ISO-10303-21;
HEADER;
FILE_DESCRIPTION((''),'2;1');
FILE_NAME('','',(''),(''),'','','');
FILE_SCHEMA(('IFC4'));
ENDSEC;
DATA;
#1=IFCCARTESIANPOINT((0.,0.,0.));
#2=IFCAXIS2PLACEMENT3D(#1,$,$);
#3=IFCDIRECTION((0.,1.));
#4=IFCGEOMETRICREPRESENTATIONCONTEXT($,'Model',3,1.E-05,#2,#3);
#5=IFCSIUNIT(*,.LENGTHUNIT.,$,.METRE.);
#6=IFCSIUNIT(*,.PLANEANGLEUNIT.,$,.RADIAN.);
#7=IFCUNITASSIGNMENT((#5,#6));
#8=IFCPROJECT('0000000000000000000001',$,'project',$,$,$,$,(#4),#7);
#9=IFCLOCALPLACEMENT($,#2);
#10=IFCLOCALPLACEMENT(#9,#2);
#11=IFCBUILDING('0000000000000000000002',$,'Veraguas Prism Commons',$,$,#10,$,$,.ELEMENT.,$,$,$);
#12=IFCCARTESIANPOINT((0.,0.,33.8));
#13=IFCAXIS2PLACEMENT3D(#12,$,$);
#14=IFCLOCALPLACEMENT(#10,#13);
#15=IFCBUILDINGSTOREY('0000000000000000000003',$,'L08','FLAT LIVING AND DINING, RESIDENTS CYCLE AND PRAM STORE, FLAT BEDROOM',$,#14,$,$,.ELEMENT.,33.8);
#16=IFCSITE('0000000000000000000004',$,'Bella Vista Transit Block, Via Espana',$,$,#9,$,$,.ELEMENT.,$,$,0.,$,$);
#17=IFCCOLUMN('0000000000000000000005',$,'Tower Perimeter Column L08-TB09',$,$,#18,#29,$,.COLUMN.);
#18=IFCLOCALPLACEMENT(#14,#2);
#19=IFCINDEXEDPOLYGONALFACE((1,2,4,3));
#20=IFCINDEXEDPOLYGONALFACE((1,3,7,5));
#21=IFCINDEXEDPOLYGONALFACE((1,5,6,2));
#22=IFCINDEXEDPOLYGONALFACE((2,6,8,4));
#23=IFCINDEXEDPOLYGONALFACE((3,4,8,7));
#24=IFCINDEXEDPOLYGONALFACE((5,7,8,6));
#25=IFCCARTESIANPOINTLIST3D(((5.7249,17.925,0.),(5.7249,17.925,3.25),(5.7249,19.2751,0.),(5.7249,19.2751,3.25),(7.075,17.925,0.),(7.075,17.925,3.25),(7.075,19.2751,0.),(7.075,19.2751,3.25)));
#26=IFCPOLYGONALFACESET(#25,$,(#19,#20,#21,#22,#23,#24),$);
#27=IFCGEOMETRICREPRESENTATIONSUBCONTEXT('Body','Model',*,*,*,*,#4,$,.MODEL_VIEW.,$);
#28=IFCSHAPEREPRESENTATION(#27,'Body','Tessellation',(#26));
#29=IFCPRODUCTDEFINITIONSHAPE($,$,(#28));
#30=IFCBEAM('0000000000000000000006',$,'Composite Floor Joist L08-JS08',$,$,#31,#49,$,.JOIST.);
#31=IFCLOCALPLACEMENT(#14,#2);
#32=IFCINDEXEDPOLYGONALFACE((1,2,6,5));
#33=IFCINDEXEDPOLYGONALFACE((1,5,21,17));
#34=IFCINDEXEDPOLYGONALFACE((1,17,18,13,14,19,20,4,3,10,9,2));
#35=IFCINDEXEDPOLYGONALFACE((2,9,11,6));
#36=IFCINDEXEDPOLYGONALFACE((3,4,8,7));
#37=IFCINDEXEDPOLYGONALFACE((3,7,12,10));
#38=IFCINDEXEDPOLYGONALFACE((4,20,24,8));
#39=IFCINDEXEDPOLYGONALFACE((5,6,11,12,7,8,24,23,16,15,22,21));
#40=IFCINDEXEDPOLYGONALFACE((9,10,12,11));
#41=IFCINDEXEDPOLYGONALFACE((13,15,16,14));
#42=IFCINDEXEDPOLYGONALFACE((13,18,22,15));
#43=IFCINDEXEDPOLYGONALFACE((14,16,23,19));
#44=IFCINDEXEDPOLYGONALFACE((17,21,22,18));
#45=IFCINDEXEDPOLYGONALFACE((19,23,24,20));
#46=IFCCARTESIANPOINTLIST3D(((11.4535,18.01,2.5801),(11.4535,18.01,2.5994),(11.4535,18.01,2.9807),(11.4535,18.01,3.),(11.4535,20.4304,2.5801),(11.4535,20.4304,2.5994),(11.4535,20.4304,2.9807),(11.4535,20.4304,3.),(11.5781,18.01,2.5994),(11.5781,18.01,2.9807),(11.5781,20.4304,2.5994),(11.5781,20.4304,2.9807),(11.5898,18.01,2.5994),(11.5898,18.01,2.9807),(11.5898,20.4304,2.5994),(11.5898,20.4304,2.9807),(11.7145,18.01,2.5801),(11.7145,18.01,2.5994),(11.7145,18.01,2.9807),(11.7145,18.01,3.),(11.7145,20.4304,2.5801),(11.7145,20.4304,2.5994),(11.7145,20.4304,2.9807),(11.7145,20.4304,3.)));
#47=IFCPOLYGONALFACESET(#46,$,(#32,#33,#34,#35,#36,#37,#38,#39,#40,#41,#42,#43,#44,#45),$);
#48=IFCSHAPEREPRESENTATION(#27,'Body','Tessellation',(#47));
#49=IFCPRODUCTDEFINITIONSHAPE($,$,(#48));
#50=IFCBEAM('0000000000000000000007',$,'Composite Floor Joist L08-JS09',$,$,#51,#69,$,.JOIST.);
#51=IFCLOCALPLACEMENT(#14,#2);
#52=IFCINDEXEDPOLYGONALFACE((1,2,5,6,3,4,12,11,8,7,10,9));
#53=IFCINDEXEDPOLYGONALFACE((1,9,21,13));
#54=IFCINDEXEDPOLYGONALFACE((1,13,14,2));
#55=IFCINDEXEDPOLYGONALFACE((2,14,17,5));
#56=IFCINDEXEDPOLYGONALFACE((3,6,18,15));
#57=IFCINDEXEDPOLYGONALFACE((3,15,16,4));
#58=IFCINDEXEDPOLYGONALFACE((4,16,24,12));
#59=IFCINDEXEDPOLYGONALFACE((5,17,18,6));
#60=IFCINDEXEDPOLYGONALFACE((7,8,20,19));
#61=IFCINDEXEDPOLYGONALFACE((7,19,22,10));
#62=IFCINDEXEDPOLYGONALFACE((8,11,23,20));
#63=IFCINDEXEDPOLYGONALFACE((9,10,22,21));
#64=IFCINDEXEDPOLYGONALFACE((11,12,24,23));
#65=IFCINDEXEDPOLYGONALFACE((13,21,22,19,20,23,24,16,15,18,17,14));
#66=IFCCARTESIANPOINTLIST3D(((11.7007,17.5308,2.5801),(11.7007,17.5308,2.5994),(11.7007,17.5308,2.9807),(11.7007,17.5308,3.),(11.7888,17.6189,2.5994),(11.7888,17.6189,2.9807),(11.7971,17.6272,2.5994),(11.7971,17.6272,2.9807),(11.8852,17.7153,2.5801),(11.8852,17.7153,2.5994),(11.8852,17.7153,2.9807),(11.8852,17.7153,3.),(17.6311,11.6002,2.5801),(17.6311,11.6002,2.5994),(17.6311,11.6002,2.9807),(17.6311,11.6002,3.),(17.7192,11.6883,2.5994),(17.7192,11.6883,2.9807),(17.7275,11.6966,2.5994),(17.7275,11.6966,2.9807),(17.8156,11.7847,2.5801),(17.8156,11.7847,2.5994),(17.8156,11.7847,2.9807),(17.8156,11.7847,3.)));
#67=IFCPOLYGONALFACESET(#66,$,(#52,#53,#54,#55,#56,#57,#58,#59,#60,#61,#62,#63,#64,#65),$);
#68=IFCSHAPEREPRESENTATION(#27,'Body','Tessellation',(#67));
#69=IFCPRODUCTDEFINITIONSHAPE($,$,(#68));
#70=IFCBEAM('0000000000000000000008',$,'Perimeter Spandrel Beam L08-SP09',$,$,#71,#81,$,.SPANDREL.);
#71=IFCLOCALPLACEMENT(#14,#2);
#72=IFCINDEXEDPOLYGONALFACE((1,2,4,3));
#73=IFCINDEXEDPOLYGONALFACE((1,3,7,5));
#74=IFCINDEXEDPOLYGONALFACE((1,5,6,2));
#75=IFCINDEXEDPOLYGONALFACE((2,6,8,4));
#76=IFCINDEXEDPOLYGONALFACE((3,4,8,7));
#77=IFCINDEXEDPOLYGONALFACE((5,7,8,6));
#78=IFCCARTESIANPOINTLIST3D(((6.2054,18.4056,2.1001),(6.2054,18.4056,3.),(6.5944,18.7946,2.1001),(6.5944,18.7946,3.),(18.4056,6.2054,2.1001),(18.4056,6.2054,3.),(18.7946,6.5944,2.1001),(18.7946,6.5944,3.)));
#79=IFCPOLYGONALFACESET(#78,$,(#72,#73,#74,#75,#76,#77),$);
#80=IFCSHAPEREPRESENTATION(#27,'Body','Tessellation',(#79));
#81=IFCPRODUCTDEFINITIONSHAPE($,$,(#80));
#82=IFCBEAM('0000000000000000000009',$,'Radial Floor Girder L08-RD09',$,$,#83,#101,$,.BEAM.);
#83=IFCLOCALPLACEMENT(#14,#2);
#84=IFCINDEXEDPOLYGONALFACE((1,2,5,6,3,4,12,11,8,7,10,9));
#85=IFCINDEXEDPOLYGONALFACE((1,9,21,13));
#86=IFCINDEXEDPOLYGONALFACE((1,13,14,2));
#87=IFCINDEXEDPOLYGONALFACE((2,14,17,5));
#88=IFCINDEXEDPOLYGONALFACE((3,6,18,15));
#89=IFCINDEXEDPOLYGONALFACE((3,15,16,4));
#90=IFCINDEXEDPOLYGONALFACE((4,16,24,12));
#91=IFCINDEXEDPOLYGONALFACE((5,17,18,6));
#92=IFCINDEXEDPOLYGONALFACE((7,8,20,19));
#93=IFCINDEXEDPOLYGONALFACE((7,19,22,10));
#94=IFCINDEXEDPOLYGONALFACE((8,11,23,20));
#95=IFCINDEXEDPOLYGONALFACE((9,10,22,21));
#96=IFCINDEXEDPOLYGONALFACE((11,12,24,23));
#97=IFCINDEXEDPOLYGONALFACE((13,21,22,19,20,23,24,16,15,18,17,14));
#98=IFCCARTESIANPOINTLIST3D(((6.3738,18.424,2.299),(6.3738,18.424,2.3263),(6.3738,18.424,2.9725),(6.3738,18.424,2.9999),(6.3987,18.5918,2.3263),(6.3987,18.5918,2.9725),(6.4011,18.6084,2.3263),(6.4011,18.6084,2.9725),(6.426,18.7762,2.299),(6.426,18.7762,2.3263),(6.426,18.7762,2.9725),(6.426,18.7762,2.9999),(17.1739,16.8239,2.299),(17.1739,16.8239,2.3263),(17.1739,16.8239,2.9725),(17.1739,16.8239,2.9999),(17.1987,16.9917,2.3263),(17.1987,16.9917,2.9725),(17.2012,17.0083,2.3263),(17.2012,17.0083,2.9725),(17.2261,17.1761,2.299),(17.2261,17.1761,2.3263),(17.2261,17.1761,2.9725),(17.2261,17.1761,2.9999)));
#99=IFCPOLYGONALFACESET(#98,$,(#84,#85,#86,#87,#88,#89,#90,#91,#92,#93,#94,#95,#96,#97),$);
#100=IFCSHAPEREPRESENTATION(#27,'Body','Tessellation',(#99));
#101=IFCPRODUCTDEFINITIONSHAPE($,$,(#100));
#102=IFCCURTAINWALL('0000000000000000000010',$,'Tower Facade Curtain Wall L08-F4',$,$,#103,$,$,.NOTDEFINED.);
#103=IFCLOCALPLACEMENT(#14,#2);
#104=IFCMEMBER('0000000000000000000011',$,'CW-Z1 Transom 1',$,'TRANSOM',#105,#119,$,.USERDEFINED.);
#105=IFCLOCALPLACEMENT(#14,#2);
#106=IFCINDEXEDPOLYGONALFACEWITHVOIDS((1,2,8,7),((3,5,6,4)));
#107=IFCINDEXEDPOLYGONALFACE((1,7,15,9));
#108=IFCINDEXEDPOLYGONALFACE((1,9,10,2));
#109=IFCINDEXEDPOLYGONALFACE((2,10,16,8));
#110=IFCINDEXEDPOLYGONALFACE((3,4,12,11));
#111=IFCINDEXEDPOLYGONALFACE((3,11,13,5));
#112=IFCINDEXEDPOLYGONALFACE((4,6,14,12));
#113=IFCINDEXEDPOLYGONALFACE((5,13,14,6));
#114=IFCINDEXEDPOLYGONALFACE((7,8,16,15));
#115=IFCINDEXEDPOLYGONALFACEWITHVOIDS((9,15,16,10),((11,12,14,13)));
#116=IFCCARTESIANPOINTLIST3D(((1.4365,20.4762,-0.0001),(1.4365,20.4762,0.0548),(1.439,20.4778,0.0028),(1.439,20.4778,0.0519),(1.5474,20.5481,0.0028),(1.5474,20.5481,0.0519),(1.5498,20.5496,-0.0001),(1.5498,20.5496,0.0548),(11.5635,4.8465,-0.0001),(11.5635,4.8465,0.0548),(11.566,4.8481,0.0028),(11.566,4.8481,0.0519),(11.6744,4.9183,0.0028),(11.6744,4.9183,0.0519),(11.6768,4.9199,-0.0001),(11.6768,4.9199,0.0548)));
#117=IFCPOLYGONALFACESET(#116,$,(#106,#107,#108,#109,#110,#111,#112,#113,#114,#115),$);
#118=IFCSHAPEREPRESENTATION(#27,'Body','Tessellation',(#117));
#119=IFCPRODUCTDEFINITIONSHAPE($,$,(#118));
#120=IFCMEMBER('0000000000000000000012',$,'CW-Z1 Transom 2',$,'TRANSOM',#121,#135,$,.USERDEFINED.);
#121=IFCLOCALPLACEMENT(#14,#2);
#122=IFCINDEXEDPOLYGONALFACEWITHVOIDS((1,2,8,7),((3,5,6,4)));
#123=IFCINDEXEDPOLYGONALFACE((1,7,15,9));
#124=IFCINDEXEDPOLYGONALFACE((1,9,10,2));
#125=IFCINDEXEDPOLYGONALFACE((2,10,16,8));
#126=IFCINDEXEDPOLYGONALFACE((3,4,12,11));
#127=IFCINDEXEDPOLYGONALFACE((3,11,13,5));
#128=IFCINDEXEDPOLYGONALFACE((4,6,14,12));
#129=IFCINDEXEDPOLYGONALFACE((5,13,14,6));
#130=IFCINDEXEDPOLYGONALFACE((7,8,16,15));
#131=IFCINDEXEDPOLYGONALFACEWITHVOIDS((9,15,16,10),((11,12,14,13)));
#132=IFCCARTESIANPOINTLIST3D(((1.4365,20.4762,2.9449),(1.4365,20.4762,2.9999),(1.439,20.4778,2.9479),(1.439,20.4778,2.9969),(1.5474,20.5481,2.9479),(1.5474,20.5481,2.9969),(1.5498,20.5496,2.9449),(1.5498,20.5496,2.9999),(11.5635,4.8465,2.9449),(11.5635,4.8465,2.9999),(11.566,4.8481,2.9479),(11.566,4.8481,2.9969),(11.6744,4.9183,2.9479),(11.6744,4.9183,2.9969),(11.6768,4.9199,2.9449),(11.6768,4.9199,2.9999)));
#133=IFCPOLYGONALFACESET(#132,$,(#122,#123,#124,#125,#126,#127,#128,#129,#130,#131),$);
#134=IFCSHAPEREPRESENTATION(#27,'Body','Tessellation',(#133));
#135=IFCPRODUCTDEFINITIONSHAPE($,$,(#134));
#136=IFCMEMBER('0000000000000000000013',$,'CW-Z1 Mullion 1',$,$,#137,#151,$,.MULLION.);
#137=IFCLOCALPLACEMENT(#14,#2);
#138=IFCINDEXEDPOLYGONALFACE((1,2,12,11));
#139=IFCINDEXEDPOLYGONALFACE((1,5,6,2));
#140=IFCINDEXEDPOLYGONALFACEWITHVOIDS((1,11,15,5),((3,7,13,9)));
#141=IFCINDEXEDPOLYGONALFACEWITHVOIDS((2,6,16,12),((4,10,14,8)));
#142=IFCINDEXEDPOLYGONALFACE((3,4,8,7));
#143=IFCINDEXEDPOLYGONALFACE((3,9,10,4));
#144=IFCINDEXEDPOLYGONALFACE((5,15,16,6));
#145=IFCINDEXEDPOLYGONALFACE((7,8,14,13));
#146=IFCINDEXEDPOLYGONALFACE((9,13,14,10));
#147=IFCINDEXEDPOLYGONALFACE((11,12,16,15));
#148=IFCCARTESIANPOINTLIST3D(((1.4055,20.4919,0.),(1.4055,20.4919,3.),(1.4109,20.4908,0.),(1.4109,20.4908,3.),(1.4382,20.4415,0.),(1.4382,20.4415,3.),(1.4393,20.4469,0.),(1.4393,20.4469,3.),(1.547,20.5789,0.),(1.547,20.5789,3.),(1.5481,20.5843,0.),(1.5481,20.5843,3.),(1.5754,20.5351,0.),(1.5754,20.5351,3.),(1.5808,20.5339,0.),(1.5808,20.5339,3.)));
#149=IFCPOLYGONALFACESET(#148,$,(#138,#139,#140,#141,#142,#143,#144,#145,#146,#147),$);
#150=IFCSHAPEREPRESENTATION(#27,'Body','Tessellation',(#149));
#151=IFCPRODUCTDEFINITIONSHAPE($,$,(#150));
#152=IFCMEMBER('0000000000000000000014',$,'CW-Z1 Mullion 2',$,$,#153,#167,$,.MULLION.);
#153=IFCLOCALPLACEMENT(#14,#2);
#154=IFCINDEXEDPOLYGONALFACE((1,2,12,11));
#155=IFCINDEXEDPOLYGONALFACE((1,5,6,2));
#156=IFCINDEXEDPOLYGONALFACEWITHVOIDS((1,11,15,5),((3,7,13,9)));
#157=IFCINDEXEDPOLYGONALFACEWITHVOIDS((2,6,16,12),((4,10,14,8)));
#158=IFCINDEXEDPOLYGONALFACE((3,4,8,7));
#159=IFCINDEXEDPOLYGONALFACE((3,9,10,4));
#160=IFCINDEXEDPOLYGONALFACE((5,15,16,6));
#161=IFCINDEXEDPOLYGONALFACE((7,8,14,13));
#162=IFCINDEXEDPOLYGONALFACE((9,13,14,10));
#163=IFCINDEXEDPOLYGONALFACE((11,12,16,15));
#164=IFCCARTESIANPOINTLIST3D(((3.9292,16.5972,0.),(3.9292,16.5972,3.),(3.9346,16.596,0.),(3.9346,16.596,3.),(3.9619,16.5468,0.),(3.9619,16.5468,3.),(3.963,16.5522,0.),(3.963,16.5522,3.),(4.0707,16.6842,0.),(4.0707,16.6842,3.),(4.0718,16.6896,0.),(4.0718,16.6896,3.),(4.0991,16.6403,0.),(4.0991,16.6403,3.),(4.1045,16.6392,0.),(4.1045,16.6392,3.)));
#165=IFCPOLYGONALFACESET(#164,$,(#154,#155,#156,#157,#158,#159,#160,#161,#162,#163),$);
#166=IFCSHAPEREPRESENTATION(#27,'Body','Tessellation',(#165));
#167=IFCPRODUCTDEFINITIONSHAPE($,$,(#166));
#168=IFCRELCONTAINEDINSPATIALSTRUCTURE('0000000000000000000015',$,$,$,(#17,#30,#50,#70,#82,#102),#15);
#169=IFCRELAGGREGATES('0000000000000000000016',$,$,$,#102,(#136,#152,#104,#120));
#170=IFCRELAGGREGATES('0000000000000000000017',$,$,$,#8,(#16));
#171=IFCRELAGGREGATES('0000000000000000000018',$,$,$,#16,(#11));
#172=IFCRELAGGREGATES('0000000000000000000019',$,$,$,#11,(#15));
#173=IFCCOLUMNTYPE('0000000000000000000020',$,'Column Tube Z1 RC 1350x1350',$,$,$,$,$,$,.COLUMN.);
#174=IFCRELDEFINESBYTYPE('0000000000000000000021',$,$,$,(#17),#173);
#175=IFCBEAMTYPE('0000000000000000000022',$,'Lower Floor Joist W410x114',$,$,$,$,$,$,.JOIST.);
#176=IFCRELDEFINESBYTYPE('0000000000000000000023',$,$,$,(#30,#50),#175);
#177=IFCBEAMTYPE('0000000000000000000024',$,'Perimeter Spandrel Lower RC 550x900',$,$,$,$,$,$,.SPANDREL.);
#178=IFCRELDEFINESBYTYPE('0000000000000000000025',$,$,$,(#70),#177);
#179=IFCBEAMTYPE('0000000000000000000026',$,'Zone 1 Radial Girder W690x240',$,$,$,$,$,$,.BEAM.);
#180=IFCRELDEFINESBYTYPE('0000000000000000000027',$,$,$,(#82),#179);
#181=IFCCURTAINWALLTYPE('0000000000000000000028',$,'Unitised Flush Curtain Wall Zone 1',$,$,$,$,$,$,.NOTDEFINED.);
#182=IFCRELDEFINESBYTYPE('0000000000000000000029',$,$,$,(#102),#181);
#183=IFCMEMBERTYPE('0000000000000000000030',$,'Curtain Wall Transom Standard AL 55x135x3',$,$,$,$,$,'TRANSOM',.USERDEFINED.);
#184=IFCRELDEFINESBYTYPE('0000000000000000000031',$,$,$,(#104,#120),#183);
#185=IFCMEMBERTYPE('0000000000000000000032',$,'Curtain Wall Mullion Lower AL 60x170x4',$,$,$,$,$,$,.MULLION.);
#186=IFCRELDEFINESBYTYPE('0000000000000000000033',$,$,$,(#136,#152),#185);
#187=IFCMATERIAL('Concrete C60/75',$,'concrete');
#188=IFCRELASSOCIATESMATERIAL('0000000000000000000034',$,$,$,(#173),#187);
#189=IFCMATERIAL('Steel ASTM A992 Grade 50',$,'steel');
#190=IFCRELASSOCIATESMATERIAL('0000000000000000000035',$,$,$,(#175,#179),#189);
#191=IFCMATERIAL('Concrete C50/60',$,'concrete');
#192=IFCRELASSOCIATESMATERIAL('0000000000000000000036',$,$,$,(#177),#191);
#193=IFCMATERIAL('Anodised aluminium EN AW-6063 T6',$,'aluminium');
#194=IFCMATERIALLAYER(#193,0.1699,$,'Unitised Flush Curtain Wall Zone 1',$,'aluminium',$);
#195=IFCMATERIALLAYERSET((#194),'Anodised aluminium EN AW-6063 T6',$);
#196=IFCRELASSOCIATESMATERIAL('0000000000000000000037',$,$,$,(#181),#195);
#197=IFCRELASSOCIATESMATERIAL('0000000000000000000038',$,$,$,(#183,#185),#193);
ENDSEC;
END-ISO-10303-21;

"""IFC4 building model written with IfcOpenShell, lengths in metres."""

from ifc_helpers import new_model, si_unit, direction, frame, origin, origin_2d, place, context, subcontext, project, spatial, rectangle, hollow_rectangle, i_section, extrude, source, transform, mapped, material, layer, layer_set, material_profile, profile_set, type_object, element, aggregate, save


model = new_model("IFC4")

# Units and contexts
model_context = context("Model", 3, precision=1e-05, world=origin(), true_north=direction((0.0, 1.0)))
body_context = subcontext(model_context, "Body", "Model", "MODEL_VIEW")
ifc_project = project(units=[si_unit("LENGTHUNIT", "METRE"), si_unit("PLANEANGLEUNIT", "RADIAN")], contexts=[model_context])

# Site, building, storey
site_placement = place(None, origin())
site = spatial("IfcSite", under=ifc_project, at=site_placement, Name="Bella Vista Transit Block, Via Espana", CompositionType="ELEMENT", RefElevation=0.0)
building_placement = place(site_placement, origin())
building = spatial("IfcBuilding", under=site, at=building_placement, Name="Veraguas Prism Commons", CompositionType="ELEMENT")
storey_placement = place(building_placement, frame((0.0, 0.0, 33.8)))
storey = spatial("IfcBuildingStorey", under=building, at=storey_placement, Name="L08", Description="FLAT LIVING AND DINING, RESIDENTS CYCLE AND PRAM STORE, FLAT BEDROOM", CompositionType="ELEMENT", Elevation=33.8)

# Column
ifc_material_1 = material(Name="Concrete C60/75", Category="concrete")
ifc_material_profile_1 = material_profile(ifc_material_1, rectangle(XDim=1.3501, YDim=1.3501, at=origin_2d()), Name="RC1350X1350")
ifc_profile_set_1 = profile_set([ifc_material_profile_1], Name="Concrete C60/75")
column_type = type_object("IfcColumnType", Name="Column Tube Z1 RC 1350x1350", PredefinedType="COLUMN", material=ifc_profile_set_1)
column_placement = place(storey_placement, frame((6.3999, 18.6001, 0.0), z_axis=(0.0, 0.0, 1.0), x_axis=(1.0, 0.0, 0.0)))
element("IfcColumn", 1, at=column_placement, inside=storey, type_object=column_type, Name="Tower Perimeter Column L08-TB09", PredefinedType="COLUMN", context=body_context, shape_type="SweptSolid", body=[
    extrude(rectangle(XDim=1.3501, YDim=1.3501, at=origin_2d()), origin(), (0.0, 0.0, 1.0), 3.25),
])

# Beams
ifc_material_2 = material(Name="Steel ASTM A992 Grade 50", Category="steel")
ifc_material_profile_2 = material_profile(ifc_material_2, i_section(OverallWidth=0.261, OverallDepth=0.4199, WebThickness=0.0117, FlangeThickness=0.0193, at=origin_2d()), Name="W410X114")
ifc_profile_set_2 = profile_set([ifc_material_profile_2], Name="Steel ASTM A992 Grade 50")
beam_type_1 = type_object("IfcBeamType", Name="Lower Floor Joist W410x114", PredefinedType="JOIST", material=ifc_profile_set_2)
beam_1_placement = place(storey_placement, frame((11.584, 20.4304, 2.79), z_axis=(0.0, -1.0, 0.0), x_axis=(1.0, 0.0, 0.0)))
element("IfcBeam", 2, at=beam_1_placement, inside=storey, type_object=beam_type_1, Name="Composite Floor Joist L08-JS08", PredefinedType="JOIST", context=body_context, shape_type="SweptSolid", body=[
    extrude(i_section(OverallWidth=0.261, OverallDepth=0.4199, WebThickness=0.0117, FlangeThickness=0.0193, at=origin_2d()), origin(), (0.0, 0.0, 1.0), 2.4204),
])
beam_2_placement = place(storey_placement, frame((11.793, 17.623, 2.79), z_axis=(0.707092, -0.707121, 0.0), x_axis=(0.707121, 0.707092, 0.0)))
element("IfcBeam", 3, at=beam_2_placement, inside=storey, type_object=beam_type_1, Name="Composite Floor Joist L08-JS09", PredefinedType="JOIST", context=body_context, shape_type="SweptSolid", body=[
    extrude(i_section(OverallWidth=0.261, OverallDepth=0.4199, WebThickness=0.0117, FlangeThickness=0.0193, at=origin_2d()), origin(), (0.0, 0.0, 1.0), 8.387),
])
ifc_material_3 = material(Name="Concrete C50/60", Category="concrete")
ifc_material_profile_3 = material_profile(ifc_material_3, rectangle(XDim=0.55, YDim=0.8999, at=origin_2d()), Name="RC550X900")
ifc_profile_set_3 = profile_set([ifc_material_profile_3], Name="Concrete C50/60")
beam_type_2 = type_object("IfcBeamType", Name="Perimeter Spandrel Lower RC 550x900", PredefinedType="SPANDREL", material=ifc_profile_set_3)
beam_3_placement = place(storey_placement, frame((6.3999, 18.6001, 2.55), z_axis=(0.707107, -0.707107, 0.0), x_axis=(0.707107, 0.707107, 0.0)))
element("IfcBeam", 4, at=beam_3_placement, inside=storey, type_object=beam_type_2, Name="Perimeter Spandrel Beam L08-SP09", PredefinedType="SPANDREL", context=body_context, shape_type="SweptSolid", body=[
    extrude(rectangle(XDim=0.55, YDim=0.8999, at=origin_2d()), origin(), (0.0, 0.0, 1.0), 17.2537),
])
ifc_material_profile_4 = material_profile(ifc_material_2, i_section(OverallWidth=0.356, OverallDepth=0.7009, WebThickness=0.0168, FlangeThickness=0.0273, at=origin_2d()), Name="W690X240")
ifc_profile_set_4 = profile_set([ifc_material_profile_4], Name="Steel ASTM A992 Grade 50")
beam_type_3 = type_object("IfcBeamType", Name="Zone 1 Radial Girder W690x240", PredefinedType="BEAM", material=ifc_profile_set_4)
beam_4_placement = place(storey_placement, frame((6.3999, 18.6001, 2.6494), z_axis=(0.989202, -0.146557, 0.0), x_axis=(0.146557, 0.989202, 0.0)))
element("IfcBeam", 5, at=beam_4_placement, inside=storey, type_object=beam_type_3, Name="Radial Floor Girder L08-RD09", PredefinedType="BEAM", context=body_context, shape_type="SweptSolid", body=[
    extrude(i_section(OverallWidth=0.356, OverallDepth=0.7009, WebThickness=0.0168, FlangeThickness=0.0273, at=origin_2d()), origin(), (0.0, 0.0, 1.0), 10.918),
])

# Curtain wall, members
ifc_material_4 = material(Name="Anodised aluminium EN AW-6063 T6", Category="aluminium")
ifc_layer_1 = layer(ifc_material_4, 0.1699, Name="Unitised Flush Curtain Wall Zone 1", Category="aluminium")
ifc_layer_set_1 = layer_set([ifc_layer_1], Name="Anodised aluminium EN AW-6063 T6")
curtain_wall_type = type_object("IfcCurtainWallType", Name="Unitised Flush Curtain Wall Zone 1", PredefinedType="NOTDEFINED", material=ifc_layer_set_1)
curtain_wall_1_placement = place(storey_placement, origin())
curtain_wall_1 = element("IfcCurtainWall", 6, at=curtain_wall_1_placement, inside=storey, type_object=curtain_wall_type, Name="Tower Facade Curtain Wall L08-F4", PredefinedType="NOTDEFINED")
ifc_material_profile_5 = material_profile(ifc_material_4, hollow_rectangle(XDim=0.0549, YDim=0.135, WallThickness=0.0029, at=origin_2d()), Name="AL55X135X3")
ifc_profile_set_5 = profile_set([ifc_material_profile_5], Name="Anodised aluminium EN AW-6063 T6")
member_type_1 = type_object("IfcMemberType", Name="Curtain Wall Transom Standard AL 55x135x3", ElementType="TRANSOM", PredefinedType="USERDEFINED", material=ifc_profile_set_5)
shared_shape_1 = source(origin(), body_context, "Body", "SweptSolid", [
    extrude(hollow_rectangle(XDim=0.0549, YDim=0.135, WallThickness=0.0029, at=origin_2d()), origin(), (0.0, 0.0, 1.0), 18.6238),
])
member_1_placement = place(storey_placement, frame((1.4932, 20.5129, 0.0273), z_axis=(0.543768, -0.839236, 0.0), x_axis=(0.0, 0.0, 1.0)))
member_1 = element("IfcMember", 7, at=member_1_placement, type_object=member_type_1, Name="CW-Z1 Transom 1", ObjectType="TRANSOM", PredefinedType="USERDEFINED", context=body_context, shape_type="MappedRepresentation", body=[
    mapped(shared_shape_1, transform((0.0, 0.0, 0.0), scale=1.0)),
])
member_2_placement = place(storey_placement, frame((1.4932, 20.5129, 2.9724), z_axis=(0.543768, -0.839236, 0.0), x_axis=(0.0, 0.0, 1.0)))
member_2 = element("IfcMember", 8, at=member_2_placement, type_object=member_type_1, Name="CW-Z1 Transom 2", ObjectType="TRANSOM", PredefinedType="USERDEFINED", context=body_context, shape_type="MappedRepresentation", body=[
    mapped(shared_shape_1, transform((0.0, 0.0, 0.0), scale=1.0)),
])
ifc_material_profile_6 = material_profile(ifc_material_4, hollow_rectangle(XDim=0.0601, YDim=0.1699, WallThickness=0.0039, at=origin_2d()), Name="AL60X170X4")
ifc_profile_set_6 = profile_set([ifc_material_profile_6], Name="Anodised aluminium EN AW-6063 T6")
member_type_2 = type_object("IfcMemberType", Name="Curtain Wall Mullion Lower AL 60x170x4", PredefinedType="MULLION", material=ifc_profile_set_6)
shared_shape_2 = source(origin(), body_context, "Body", "SweptSolid", [
    extrude(hollow_rectangle(XDim=0.0601, YDim=0.1699, WallThickness=0.0039, at=origin_2d()), origin(), (0.0, 0.0, 1.0), 3.0),
])
member_3_placement = place(storey_placement, frame((1.4932, 20.5129, 0.0), z_axis=(0.0, 0.0, 1.0), x_axis=(0.543766, -0.839237, 0.0)))
member_3 = element("IfcMember", 9, at=member_3_placement, type_object=member_type_2, Name="CW-Z1 Mullion 1", PredefinedType="MULLION", context=body_context, shape_type="MappedRepresentation", body=[
    mapped(shared_shape_2, transform((0.0, 0.0, 0.0), scale=1.0)),
])
member_4_placement = place(storey_placement, frame((4.0168, 16.6182, 0.0), z_axis=(0.0, 0.0, 1.0), x_axis=(0.543766, -0.839237, 0.0)))
member_4 = element("IfcMember", 10, at=member_4_placement, type_object=member_type_2, Name="CW-Z1 Mullion 2", PredefinedType="MULLION", context=body_context, shape_type="MappedRepresentation", body=[
    mapped(shared_shape_2, transform((0.0, 0.0, 0.0), scale=1.0)),
])

aggregate(curtain_wall_1, [member_3, member_4, member_1, member_2])

save(model, "model.ifc")
